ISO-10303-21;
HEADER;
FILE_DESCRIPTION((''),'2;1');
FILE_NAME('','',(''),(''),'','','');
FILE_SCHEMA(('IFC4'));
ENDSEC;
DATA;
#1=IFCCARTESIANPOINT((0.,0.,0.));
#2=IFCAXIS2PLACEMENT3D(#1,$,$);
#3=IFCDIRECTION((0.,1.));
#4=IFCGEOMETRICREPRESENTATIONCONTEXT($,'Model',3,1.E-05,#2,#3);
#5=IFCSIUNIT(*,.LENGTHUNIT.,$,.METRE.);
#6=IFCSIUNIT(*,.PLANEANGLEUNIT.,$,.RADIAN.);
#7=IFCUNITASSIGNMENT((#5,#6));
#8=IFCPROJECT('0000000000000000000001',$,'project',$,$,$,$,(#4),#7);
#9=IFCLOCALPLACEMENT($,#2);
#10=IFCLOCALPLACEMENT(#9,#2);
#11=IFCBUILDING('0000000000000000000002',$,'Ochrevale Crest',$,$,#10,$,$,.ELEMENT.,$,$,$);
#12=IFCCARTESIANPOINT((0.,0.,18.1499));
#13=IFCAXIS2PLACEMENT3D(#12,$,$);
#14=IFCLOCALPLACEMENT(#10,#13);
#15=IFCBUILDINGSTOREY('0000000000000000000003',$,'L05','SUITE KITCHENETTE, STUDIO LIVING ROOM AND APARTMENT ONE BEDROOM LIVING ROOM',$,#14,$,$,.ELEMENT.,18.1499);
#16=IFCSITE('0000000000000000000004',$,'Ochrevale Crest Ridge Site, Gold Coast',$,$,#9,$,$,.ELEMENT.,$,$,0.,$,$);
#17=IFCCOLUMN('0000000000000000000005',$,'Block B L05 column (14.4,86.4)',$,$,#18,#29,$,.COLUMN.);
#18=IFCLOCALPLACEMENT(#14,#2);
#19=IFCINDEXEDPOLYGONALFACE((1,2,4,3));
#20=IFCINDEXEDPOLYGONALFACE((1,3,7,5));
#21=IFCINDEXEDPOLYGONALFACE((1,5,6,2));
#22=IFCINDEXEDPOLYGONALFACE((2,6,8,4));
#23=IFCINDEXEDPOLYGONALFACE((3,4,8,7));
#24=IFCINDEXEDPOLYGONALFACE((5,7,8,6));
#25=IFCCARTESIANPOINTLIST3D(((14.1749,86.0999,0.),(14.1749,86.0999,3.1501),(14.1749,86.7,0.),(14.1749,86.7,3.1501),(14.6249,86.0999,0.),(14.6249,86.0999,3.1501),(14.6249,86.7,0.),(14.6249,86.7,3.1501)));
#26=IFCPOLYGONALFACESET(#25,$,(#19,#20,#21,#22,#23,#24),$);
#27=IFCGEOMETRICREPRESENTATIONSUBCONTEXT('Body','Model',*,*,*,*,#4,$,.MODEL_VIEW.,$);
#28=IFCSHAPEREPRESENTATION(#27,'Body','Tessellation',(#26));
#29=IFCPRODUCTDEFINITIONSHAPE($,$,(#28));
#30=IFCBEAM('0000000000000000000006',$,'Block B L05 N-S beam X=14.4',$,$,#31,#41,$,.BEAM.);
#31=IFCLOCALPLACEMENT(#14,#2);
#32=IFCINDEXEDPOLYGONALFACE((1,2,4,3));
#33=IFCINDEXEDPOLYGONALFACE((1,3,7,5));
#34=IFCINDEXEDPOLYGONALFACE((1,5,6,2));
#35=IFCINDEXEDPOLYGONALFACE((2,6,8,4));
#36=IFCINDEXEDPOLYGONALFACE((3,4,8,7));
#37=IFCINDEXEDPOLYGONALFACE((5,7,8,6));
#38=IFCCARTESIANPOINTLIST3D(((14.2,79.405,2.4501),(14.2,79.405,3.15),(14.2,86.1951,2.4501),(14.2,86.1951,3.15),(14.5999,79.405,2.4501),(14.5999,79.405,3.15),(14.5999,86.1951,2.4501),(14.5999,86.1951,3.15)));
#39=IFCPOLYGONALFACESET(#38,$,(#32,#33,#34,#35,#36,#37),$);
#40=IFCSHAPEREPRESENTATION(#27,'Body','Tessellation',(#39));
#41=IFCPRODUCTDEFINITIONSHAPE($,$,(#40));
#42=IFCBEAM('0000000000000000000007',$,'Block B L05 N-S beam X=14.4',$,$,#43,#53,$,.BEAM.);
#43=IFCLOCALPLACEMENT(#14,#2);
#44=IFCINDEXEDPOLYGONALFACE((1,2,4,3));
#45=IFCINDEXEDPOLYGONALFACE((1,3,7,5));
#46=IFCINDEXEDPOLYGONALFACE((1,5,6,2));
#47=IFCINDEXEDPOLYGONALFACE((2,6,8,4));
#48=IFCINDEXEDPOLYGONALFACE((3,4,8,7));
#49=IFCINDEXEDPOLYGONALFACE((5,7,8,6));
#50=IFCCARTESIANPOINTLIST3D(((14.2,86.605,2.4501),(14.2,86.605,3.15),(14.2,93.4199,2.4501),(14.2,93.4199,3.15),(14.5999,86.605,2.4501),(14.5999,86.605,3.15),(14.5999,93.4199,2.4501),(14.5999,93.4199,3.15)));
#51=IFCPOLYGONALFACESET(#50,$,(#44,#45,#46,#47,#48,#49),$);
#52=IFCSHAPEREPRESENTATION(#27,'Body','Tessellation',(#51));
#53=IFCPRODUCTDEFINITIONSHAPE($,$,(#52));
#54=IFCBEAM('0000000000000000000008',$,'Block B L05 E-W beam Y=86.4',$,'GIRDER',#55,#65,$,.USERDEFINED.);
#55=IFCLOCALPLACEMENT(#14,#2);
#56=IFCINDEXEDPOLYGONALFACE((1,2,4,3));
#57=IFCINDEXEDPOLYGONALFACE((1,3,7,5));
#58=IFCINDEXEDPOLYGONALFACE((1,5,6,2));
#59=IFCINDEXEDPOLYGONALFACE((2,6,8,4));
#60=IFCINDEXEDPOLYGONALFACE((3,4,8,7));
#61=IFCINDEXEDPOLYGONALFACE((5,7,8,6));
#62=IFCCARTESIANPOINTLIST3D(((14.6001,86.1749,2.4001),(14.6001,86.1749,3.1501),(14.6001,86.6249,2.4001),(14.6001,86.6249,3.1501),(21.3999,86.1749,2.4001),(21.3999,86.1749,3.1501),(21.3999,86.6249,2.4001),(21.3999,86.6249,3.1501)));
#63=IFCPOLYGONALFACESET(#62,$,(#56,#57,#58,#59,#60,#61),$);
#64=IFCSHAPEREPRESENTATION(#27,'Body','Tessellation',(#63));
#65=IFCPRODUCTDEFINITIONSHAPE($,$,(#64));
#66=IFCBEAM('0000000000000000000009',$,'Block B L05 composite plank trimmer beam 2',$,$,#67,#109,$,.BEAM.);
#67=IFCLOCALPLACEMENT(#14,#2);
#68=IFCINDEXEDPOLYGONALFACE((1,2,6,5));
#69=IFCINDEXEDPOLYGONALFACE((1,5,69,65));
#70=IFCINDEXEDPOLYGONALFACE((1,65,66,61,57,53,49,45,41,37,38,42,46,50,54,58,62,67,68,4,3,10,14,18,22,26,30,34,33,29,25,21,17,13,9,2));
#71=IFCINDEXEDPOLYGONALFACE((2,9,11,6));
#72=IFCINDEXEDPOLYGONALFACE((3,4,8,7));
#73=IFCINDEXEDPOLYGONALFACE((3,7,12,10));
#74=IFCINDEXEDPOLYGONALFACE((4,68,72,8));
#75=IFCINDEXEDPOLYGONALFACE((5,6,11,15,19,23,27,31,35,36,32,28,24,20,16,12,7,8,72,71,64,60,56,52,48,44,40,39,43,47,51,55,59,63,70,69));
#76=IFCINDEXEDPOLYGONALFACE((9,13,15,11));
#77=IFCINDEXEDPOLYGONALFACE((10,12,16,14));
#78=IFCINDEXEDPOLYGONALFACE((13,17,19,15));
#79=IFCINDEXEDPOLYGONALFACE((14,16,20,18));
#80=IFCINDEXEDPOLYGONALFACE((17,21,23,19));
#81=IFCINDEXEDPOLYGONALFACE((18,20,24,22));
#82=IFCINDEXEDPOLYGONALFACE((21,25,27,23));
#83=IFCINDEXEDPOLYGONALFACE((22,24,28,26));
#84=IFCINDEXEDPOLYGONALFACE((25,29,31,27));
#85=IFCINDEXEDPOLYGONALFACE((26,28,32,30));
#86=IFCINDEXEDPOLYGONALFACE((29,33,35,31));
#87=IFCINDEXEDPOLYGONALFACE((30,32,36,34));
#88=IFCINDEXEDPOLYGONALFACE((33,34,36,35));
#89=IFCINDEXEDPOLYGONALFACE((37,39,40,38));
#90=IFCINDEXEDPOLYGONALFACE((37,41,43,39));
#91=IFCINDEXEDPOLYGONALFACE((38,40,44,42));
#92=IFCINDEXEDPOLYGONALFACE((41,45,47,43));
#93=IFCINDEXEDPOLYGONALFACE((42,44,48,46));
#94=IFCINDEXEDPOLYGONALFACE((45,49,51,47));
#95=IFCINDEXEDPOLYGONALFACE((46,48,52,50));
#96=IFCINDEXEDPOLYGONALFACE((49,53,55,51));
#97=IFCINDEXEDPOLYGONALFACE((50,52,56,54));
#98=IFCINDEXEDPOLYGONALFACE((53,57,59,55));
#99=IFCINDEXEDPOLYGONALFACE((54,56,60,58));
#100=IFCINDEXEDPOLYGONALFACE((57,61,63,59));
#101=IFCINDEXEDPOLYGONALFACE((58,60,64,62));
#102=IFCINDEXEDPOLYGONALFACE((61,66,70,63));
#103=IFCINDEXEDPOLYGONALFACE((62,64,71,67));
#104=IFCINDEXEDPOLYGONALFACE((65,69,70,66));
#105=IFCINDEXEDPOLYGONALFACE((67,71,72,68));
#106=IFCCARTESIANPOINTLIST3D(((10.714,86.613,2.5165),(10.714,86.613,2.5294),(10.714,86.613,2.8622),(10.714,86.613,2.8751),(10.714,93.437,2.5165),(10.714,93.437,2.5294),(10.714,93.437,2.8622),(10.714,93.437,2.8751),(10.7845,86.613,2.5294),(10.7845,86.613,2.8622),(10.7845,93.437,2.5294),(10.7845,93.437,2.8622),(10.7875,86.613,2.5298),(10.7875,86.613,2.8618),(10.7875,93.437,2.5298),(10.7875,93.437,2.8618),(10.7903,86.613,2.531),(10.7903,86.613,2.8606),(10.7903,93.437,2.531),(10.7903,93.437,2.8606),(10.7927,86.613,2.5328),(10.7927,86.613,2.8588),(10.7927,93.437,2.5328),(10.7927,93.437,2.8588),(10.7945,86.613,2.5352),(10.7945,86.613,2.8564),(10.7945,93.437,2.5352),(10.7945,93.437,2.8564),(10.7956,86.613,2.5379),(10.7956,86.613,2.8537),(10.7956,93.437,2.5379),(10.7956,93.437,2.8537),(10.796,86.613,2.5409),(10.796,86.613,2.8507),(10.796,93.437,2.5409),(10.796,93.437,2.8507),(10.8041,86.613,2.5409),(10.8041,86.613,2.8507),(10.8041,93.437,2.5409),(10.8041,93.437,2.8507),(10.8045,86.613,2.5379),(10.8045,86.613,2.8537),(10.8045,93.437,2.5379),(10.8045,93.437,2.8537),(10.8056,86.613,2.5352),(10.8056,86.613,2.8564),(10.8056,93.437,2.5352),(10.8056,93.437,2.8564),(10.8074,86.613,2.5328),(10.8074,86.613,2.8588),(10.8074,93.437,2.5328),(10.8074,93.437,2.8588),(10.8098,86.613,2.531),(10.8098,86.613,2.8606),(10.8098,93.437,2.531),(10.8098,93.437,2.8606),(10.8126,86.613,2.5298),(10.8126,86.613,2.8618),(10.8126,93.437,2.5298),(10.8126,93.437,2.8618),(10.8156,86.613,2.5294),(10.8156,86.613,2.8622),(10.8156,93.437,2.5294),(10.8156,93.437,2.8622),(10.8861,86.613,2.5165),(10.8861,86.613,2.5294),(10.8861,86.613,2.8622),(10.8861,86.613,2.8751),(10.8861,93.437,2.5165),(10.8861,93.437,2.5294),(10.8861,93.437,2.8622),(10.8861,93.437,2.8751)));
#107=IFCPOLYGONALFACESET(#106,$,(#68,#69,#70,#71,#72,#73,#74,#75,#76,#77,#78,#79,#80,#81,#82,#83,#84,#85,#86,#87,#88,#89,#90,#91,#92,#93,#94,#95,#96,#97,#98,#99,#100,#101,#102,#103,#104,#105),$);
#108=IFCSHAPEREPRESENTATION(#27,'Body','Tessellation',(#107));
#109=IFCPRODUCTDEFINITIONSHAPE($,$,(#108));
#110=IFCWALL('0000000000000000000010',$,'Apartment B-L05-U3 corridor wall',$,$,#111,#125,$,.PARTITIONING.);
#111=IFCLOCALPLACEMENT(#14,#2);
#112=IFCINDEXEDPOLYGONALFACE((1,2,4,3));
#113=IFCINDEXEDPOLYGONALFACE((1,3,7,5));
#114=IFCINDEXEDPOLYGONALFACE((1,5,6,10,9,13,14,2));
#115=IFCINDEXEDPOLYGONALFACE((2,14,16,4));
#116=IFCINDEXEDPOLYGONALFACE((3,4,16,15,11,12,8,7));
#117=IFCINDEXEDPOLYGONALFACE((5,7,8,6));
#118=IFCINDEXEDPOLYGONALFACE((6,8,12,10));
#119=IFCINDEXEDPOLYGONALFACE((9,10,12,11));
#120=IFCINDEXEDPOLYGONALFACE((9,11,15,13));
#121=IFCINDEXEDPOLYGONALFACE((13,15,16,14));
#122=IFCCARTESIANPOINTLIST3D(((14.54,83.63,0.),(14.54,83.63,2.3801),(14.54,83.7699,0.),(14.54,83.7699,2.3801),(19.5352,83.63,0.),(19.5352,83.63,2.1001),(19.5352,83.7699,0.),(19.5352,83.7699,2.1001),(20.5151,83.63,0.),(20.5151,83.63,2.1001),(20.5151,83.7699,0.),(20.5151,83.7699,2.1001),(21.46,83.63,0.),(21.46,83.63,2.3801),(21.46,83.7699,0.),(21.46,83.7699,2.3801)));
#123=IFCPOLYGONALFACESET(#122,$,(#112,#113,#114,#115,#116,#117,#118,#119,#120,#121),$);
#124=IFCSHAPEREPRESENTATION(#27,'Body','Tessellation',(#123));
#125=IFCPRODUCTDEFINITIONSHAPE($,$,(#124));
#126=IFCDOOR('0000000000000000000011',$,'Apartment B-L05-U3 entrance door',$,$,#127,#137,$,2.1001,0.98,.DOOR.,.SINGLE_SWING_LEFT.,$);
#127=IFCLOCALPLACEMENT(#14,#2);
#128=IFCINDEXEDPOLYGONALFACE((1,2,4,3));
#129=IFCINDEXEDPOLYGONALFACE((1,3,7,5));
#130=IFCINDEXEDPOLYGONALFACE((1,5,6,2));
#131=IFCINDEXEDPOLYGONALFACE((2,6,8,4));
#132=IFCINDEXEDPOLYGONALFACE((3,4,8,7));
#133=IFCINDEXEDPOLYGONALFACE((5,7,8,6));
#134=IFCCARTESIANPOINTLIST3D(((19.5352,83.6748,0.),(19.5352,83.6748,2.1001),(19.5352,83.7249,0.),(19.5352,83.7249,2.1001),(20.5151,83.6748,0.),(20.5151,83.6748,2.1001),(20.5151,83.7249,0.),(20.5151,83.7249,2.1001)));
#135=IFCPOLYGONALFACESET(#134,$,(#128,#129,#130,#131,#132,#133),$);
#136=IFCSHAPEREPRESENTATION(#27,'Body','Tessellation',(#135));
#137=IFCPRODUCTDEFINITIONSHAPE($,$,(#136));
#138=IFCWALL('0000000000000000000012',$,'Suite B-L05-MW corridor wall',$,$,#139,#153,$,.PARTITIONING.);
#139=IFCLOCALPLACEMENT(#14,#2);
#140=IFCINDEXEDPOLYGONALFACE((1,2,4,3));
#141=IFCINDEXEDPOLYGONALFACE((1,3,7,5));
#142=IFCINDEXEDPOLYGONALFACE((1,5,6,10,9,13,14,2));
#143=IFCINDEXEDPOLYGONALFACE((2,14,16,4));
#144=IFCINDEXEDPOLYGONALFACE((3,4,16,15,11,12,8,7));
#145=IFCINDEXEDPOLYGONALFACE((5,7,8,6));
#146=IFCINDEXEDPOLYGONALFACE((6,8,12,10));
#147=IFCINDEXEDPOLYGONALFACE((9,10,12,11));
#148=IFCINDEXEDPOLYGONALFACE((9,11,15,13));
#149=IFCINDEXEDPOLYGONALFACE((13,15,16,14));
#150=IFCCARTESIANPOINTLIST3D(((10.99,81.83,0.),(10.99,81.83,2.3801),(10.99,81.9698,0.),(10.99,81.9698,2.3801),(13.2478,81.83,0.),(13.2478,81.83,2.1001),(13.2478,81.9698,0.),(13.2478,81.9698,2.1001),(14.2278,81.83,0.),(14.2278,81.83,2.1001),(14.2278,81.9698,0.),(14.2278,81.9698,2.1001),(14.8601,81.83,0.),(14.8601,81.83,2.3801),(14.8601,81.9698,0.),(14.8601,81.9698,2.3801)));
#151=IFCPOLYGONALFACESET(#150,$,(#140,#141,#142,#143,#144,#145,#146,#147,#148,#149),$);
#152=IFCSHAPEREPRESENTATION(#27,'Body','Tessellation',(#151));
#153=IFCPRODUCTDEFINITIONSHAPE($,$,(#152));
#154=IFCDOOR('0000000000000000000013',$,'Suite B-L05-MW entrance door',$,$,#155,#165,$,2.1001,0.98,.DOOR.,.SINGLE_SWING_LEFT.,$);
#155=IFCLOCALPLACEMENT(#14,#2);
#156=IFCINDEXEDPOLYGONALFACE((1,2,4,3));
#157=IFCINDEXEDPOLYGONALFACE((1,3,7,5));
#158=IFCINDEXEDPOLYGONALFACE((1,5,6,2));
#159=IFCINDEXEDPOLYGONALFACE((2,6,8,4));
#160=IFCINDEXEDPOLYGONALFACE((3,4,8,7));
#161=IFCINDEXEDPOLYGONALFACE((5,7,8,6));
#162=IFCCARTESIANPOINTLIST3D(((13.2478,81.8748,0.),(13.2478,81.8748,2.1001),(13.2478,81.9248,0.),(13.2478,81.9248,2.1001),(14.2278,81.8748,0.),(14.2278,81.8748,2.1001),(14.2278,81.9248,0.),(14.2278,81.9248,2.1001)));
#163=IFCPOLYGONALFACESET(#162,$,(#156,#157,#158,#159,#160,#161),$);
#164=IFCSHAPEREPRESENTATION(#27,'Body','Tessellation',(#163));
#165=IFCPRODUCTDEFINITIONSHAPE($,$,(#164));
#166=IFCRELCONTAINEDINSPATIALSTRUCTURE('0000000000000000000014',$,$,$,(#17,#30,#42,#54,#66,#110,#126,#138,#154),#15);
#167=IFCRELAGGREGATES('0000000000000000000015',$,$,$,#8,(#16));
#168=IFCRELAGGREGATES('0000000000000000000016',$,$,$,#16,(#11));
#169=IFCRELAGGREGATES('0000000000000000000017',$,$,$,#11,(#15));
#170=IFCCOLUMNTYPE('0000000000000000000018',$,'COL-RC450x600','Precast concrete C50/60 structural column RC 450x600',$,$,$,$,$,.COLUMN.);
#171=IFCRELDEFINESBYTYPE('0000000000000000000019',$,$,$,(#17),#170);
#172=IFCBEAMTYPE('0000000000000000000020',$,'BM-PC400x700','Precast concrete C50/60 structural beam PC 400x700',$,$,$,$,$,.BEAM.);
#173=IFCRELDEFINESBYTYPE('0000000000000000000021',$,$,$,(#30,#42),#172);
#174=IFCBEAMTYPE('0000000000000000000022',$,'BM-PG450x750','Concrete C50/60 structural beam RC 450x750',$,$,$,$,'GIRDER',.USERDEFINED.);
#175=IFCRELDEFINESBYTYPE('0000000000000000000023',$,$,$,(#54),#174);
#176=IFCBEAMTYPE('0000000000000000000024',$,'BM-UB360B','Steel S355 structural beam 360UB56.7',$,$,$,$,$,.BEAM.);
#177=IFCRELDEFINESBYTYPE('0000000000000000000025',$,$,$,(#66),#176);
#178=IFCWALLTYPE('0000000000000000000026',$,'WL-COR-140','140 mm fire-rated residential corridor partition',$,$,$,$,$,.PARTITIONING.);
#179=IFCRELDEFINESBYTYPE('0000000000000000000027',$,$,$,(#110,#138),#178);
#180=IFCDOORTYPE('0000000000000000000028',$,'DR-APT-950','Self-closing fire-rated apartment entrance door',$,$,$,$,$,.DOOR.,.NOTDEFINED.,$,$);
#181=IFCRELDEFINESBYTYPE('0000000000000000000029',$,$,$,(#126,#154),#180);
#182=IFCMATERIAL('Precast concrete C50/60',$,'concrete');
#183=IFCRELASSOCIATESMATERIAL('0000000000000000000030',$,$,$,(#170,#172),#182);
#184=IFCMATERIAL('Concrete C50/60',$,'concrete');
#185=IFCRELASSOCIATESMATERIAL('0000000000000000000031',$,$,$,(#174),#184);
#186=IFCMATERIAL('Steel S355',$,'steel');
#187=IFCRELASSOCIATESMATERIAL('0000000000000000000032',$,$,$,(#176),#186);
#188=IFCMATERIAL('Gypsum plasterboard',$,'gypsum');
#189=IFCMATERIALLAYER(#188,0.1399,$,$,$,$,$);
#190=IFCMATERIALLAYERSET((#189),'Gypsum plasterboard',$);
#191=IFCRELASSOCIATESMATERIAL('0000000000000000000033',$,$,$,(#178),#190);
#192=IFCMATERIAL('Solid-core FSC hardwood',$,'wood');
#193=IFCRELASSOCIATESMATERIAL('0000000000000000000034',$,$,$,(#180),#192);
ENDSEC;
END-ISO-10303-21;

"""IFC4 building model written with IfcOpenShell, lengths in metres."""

from ifc_helpers import new_model, si_unit, direction, frame, frame_2d, origin, origin_2d, place, context, subcontext, project, spatial, rectangle, i_section, extrude, material, layer, layer_set, material_profile, profile_set, type_object, element, fill, save


model = new_model("IFC4")

# Units and contexts
model_context = context("Model", 3, precision=1e-05, world=origin(), true_north=direction((0.0, 1.0)))
body_context = subcontext(model_context, "Body", "Model", "MODEL_VIEW")
ifc_project = project(units=[si_unit("LENGTHUNIT", "METRE"), si_unit("PLANEANGLEUNIT", "RADIAN")], contexts=[model_context])

# Site, building, storey
site_placement = place(None, origin())
site = spatial("IfcSite", under=ifc_project, at=site_placement, Name="Ochrevale Crest Ridge Site, Gold Coast", CompositionType="ELEMENT", RefElevation=0.0)
building_placement = place(site_placement, origin())
building = spatial("IfcBuilding", under=site, at=building_placement, Name="Ochrevale Crest", CompositionType="ELEMENT")
storey_placement = place(building_placement, frame((0.0, 0.0, 18.1499)))
storey = spatial("IfcBuildingStorey", under=building, at=storey_placement, Name="L05", Description="SUITE KITCHENETTE, STUDIO LIVING ROOM AND APARTMENT ONE BEDROOM LIVING ROOM", CompositionType="ELEMENT", Elevation=18.1499)

# Column
ifc_material_1 = material(Name="Precast concrete C50/60", Category="concrete")
ifc_material_profile_1 = material_profile(ifc_material_1, rectangle(XDim=0.45, YDim=0.6001, at=origin_2d()), Name="RC 450x600")
ifc_profile_set_1 = profile_set([ifc_material_profile_1], Name="Precast concrete C50/60")
column_type = type_object("IfcColumnType", Name="COL-RC450x600", Description="Precast concrete C50/60 structural column RC 450x600", PredefinedType="COLUMN", material=ifc_profile_set_1)
column_placement = place(storey_placement, frame((14.3999, 86.3999, 0.0), z_axis=(0.0, 0.0, 1.0), x_axis=(1.0, 0.0, 0.0)))
element("IfcColumn", 1, at=column_placement, inside=storey, type_object=column_type, Name="Block B L05 column (14.4,86.4)", PredefinedType="COLUMN", context=body_context, shape_type="SweptSolid", body=[
    extrude(rectangle(XDim=0.45, YDim=0.6001, at=origin_2d()), origin(), (0.0, 0.0, 1.0), 3.1501),
])

# Beams
ifc_material_profile_2 = material_profile(ifc_material_1, rectangle(XDim=0.3999, YDim=0.7, at=origin_2d()), Name="PC 400x700")
ifc_profile_set_2 = profile_set([ifc_material_profile_2], Name="Precast concrete C50/60")
beam_type_1 = type_object("IfcBeamType", Name="BM-PC400x700", Description="Precast concrete C50/60 structural beam PC 400x700", PredefinedType="BEAM", material=ifc_profile_set_2)
beam_1_placement = place(storey_placement, frame((14.3999, 79.405, 2.8), z_axis=(0.0, 1.0, 0.0), x_axis=(-1.0, 0.0, 0.0)))
element("IfcBeam", 2, at=beam_1_placement, inside=storey, type_object=beam_type_1, Name="Block B L05 N-S beam X=14.4", PredefinedType="BEAM", context=body_context, shape_type="SweptSolid", body=[
    extrude(rectangle(XDim=0.3999, YDim=0.7, at=origin_2d()), origin(), (0.0, 0.0, 1.0), 6.79),
])
beam_2_placement = place(storey_placement, frame((14.3999, 86.605, 2.8), z_axis=(0.0, 1.0, 0.0), x_axis=(-1.0, 0.0, 0.0)))
element("IfcBeam", 3, at=beam_2_placement, inside=storey, type_object=beam_type_1, Name="Block B L05 N-S beam X=14.4", PredefinedType="BEAM", context=body_context, shape_type="SweptSolid", body=[
    extrude(rectangle(XDim=0.3999, YDim=0.7, at=origin_2d()), origin(), (0.0, 0.0, 1.0), 6.8149),
])
ifc_material_2 = material(Name="Concrete C50/60", Category="concrete")
ifc_material_profile_3 = material_profile(ifc_material_2, rectangle(XDim=0.45, YDim=0.75, at=origin_2d()), Name="RC 450x750")
ifc_profile_set_3 = profile_set([ifc_material_profile_3], Name="Concrete C50/60")
beam_type_2 = type_object("IfcBeamType", Name="BM-PG450x750", Description="Concrete C50/60 structural beam RC 450x750", ElementType="GIRDER", PredefinedType="USERDEFINED", material=ifc_profile_set_3)
beam_3_placement = place(storey_placement, frame((14.6001, 86.3999, 2.7751), z_axis=(1.0, 0.0, 0.0), x_axis=(0.0, 1.0, 0.0)))
element("IfcBeam", 4, at=beam_3_placement, inside=storey, type_object=beam_type_2, Name="Block B L05 E-W beam Y=86.4", ObjectType="GIRDER", PredefinedType="USERDEFINED", context=body_context, shape_type="SweptSolid", body=[
    extrude(rectangle(XDim=0.45, YDim=0.75, at=origin_2d()), origin(), (0.0, 0.0, 1.0), 6.7998),
])
ifc_material_3 = material(Name="Steel S355", Category="steel")
ifc_material_profile_4 = material_profile(ifc_material_3, i_section(OverallWidth=0.1721, OverallDepth=0.3586, WebThickness=0.0081, FlangeThickness=0.0129, FilletRadius=0.0115, at=origin_2d()), Name="360UB56.7")
ifc_profile_set_4 = profile_set([ifc_material_profile_4], Name="Steel S355")
beam_type_3 = type_object("IfcBeamType", Name="BM-UB360B", Description="Steel S355 structural beam 360UB56.7", PredefinedType="BEAM", material=ifc_profile_set_4)
beam_4_placement = place(storey_placement, frame((10.8, 86.613, 2.6958), z_axis=(0.0, 1.0, 0.0), x_axis=(-1.0, 0.0, 0.0)))
element("IfcBeam", 5, at=beam_4_placement, inside=storey, type_object=beam_type_3, Name="Block B L05 composite plank trimmer beam 2", PredefinedType="BEAM", context=body_context, shape_type="SweptSolid", body=[
    extrude(i_section(OverallWidth=0.1721, OverallDepth=0.3586, WebThickness=0.0081, FlangeThickness=0.0129, FilletRadius=0.0115, at=origin_2d()), origin(), (0.0, 0.0, 1.0), 6.824),
])

# Walls, openings, doors
ifc_material_4 = material(Name="Gypsum plasterboard", Category="gypsum")
ifc_layer_1 = layer(ifc_material_4, 0.1399)
ifc_layer_set_1 = layer_set([ifc_layer_1], Name="Gypsum plasterboard")
wall_type_1 = type_object("IfcWallType", Name="WL-COR-140", Description="140 mm fire-rated residential corridor partition", PredefinedType="PARTITIONING", material=ifc_layer_set_1)
wall_1_placement = place(storey_placement, frame((14.54, 83.7, 0.0), z_axis=(0.0, 0.0, 1.0), x_axis=(1.0, 0.0, 0.0)))
wall_1 = element("IfcWall", 6, at=wall_1_placement, inside=storey, type_object=wall_type_1, Name="Apartment B-L05-U3 corridor wall", PredefinedType="PARTITIONING", context=body_context, shape_type="SweptSolid", body=[
    extrude(rectangle(XDim=6.9199, YDim=0.1399, at=frame_2d((3.46, 0.0))), origin(), (0.0, 0.0, 1.0), 2.3801),
])
opening_1_placement = place(wall_1_placement, frame((4.9951, 0.0, 0.0)))
opening_1 = element("IfcOpeningElement", 7, at=opening_1_placement, cuts=wall_1, PredefinedType="OPENING", context=body_context, shape_type="SweptSolid", body=[
    extrude(rectangle(XDim=0.98, YDim=2.1001, at=frame_2d((0.49, 1.05))), frame((0.0, 0.0801, 0.0), z_axis=(0.0, -1.0, 0.0), x_axis=(1.0, 0.0, 0.0)), (0.0, 0.0, 1.0), 0.1599),
])
ifc_material_5 = material(Name="Solid-core FSC hardwood", Category="wood")
door_type_1 = type_object("IfcDoorType", Name="DR-APT-950", Description="Self-closing fire-rated apartment entrance door", OperationType="NOTDEFINED", PredefinedType="DOOR", material=ifc_material_5)
door_1_placement = place(opening_1_placement, origin())
door_1 = element("IfcDoor", 8, at=door_1_placement, inside=storey, type_object=door_type_1, Name="Apartment B-L05-U3 entrance door", OperationType="SINGLE_SWING_LEFT", OverallHeight=2.1001, OverallWidth=0.98, PredefinedType="DOOR", context=body_context, shape_type="SweptSolid", body=[
    extrude(rectangle(XDim=0.98, YDim=2.1001, at=frame_2d((0.49, 1.05))), frame((0.0, 0.0249, 0.0), z_axis=(0.0, -1.0, 0.0), x_axis=(1.0, 0.0, 0.0)), (0.0, 0.0, 1.0), 0.05),
])
fill(opening_1, door_1)
wall_2_placement = place(storey_placement, frame((10.99, 81.8999, 0.0), z_axis=(0.0, 0.0, 1.0), x_axis=(1.0, 0.0, 0.0)))
wall_2 = element("IfcWall", 9, at=wall_2_placement, inside=storey, type_object=wall_type_1, Name="Suite B-L05-MW corridor wall", PredefinedType="PARTITIONING", context=body_context, shape_type="SweptSolid", body=[
    extrude(rectangle(XDim=3.8701, YDim=0.1399, at=frame_2d((1.9351, 0.0))), origin(), (0.0, 0.0, 1.0), 2.3801),
])
opening_2_placement = place(wall_2_placement, frame((2.2578, 0.0, 0.0)))
opening_2 = element("IfcOpeningElement", 10, at=opening_2_placement, cuts=wall_2, PredefinedType="OPENING", context=body_context, shape_type="SweptSolid", body=[
    extrude(rectangle(XDim=0.98, YDim=2.1001, at=frame_2d((0.49, 1.05))), frame((0.0, 0.0801, 0.0), z_axis=(0.0, -1.0, 0.0), x_axis=(1.0, 0.0, 0.0)), (0.0, 0.0, 1.0), 0.1599),
])
door_2_placement = place(opening_2_placement, origin())
door_2 = element("IfcDoor", 11, at=door_2_placement, inside=storey, type_object=door_type_1, Name="Suite B-L05-MW entrance door", OperationType="SINGLE_SWING_LEFT", OverallHeight=2.1001, OverallWidth=0.98, PredefinedType="DOOR", context=body_context, shape_type="SweptSolid", body=[
    extrude(rectangle(XDim=0.98, YDim=2.1001, at=frame_2d((0.49, 1.05))), frame((0.0, 0.0249, 0.0), z_axis=(0.0, -1.0, 0.0), x_axis=(1.0, 0.0, 0.0)), (0.0, 0.0, 1.0), 0.05),
])
fill(opening_2, door_2)

save(model, "model.ifc")
